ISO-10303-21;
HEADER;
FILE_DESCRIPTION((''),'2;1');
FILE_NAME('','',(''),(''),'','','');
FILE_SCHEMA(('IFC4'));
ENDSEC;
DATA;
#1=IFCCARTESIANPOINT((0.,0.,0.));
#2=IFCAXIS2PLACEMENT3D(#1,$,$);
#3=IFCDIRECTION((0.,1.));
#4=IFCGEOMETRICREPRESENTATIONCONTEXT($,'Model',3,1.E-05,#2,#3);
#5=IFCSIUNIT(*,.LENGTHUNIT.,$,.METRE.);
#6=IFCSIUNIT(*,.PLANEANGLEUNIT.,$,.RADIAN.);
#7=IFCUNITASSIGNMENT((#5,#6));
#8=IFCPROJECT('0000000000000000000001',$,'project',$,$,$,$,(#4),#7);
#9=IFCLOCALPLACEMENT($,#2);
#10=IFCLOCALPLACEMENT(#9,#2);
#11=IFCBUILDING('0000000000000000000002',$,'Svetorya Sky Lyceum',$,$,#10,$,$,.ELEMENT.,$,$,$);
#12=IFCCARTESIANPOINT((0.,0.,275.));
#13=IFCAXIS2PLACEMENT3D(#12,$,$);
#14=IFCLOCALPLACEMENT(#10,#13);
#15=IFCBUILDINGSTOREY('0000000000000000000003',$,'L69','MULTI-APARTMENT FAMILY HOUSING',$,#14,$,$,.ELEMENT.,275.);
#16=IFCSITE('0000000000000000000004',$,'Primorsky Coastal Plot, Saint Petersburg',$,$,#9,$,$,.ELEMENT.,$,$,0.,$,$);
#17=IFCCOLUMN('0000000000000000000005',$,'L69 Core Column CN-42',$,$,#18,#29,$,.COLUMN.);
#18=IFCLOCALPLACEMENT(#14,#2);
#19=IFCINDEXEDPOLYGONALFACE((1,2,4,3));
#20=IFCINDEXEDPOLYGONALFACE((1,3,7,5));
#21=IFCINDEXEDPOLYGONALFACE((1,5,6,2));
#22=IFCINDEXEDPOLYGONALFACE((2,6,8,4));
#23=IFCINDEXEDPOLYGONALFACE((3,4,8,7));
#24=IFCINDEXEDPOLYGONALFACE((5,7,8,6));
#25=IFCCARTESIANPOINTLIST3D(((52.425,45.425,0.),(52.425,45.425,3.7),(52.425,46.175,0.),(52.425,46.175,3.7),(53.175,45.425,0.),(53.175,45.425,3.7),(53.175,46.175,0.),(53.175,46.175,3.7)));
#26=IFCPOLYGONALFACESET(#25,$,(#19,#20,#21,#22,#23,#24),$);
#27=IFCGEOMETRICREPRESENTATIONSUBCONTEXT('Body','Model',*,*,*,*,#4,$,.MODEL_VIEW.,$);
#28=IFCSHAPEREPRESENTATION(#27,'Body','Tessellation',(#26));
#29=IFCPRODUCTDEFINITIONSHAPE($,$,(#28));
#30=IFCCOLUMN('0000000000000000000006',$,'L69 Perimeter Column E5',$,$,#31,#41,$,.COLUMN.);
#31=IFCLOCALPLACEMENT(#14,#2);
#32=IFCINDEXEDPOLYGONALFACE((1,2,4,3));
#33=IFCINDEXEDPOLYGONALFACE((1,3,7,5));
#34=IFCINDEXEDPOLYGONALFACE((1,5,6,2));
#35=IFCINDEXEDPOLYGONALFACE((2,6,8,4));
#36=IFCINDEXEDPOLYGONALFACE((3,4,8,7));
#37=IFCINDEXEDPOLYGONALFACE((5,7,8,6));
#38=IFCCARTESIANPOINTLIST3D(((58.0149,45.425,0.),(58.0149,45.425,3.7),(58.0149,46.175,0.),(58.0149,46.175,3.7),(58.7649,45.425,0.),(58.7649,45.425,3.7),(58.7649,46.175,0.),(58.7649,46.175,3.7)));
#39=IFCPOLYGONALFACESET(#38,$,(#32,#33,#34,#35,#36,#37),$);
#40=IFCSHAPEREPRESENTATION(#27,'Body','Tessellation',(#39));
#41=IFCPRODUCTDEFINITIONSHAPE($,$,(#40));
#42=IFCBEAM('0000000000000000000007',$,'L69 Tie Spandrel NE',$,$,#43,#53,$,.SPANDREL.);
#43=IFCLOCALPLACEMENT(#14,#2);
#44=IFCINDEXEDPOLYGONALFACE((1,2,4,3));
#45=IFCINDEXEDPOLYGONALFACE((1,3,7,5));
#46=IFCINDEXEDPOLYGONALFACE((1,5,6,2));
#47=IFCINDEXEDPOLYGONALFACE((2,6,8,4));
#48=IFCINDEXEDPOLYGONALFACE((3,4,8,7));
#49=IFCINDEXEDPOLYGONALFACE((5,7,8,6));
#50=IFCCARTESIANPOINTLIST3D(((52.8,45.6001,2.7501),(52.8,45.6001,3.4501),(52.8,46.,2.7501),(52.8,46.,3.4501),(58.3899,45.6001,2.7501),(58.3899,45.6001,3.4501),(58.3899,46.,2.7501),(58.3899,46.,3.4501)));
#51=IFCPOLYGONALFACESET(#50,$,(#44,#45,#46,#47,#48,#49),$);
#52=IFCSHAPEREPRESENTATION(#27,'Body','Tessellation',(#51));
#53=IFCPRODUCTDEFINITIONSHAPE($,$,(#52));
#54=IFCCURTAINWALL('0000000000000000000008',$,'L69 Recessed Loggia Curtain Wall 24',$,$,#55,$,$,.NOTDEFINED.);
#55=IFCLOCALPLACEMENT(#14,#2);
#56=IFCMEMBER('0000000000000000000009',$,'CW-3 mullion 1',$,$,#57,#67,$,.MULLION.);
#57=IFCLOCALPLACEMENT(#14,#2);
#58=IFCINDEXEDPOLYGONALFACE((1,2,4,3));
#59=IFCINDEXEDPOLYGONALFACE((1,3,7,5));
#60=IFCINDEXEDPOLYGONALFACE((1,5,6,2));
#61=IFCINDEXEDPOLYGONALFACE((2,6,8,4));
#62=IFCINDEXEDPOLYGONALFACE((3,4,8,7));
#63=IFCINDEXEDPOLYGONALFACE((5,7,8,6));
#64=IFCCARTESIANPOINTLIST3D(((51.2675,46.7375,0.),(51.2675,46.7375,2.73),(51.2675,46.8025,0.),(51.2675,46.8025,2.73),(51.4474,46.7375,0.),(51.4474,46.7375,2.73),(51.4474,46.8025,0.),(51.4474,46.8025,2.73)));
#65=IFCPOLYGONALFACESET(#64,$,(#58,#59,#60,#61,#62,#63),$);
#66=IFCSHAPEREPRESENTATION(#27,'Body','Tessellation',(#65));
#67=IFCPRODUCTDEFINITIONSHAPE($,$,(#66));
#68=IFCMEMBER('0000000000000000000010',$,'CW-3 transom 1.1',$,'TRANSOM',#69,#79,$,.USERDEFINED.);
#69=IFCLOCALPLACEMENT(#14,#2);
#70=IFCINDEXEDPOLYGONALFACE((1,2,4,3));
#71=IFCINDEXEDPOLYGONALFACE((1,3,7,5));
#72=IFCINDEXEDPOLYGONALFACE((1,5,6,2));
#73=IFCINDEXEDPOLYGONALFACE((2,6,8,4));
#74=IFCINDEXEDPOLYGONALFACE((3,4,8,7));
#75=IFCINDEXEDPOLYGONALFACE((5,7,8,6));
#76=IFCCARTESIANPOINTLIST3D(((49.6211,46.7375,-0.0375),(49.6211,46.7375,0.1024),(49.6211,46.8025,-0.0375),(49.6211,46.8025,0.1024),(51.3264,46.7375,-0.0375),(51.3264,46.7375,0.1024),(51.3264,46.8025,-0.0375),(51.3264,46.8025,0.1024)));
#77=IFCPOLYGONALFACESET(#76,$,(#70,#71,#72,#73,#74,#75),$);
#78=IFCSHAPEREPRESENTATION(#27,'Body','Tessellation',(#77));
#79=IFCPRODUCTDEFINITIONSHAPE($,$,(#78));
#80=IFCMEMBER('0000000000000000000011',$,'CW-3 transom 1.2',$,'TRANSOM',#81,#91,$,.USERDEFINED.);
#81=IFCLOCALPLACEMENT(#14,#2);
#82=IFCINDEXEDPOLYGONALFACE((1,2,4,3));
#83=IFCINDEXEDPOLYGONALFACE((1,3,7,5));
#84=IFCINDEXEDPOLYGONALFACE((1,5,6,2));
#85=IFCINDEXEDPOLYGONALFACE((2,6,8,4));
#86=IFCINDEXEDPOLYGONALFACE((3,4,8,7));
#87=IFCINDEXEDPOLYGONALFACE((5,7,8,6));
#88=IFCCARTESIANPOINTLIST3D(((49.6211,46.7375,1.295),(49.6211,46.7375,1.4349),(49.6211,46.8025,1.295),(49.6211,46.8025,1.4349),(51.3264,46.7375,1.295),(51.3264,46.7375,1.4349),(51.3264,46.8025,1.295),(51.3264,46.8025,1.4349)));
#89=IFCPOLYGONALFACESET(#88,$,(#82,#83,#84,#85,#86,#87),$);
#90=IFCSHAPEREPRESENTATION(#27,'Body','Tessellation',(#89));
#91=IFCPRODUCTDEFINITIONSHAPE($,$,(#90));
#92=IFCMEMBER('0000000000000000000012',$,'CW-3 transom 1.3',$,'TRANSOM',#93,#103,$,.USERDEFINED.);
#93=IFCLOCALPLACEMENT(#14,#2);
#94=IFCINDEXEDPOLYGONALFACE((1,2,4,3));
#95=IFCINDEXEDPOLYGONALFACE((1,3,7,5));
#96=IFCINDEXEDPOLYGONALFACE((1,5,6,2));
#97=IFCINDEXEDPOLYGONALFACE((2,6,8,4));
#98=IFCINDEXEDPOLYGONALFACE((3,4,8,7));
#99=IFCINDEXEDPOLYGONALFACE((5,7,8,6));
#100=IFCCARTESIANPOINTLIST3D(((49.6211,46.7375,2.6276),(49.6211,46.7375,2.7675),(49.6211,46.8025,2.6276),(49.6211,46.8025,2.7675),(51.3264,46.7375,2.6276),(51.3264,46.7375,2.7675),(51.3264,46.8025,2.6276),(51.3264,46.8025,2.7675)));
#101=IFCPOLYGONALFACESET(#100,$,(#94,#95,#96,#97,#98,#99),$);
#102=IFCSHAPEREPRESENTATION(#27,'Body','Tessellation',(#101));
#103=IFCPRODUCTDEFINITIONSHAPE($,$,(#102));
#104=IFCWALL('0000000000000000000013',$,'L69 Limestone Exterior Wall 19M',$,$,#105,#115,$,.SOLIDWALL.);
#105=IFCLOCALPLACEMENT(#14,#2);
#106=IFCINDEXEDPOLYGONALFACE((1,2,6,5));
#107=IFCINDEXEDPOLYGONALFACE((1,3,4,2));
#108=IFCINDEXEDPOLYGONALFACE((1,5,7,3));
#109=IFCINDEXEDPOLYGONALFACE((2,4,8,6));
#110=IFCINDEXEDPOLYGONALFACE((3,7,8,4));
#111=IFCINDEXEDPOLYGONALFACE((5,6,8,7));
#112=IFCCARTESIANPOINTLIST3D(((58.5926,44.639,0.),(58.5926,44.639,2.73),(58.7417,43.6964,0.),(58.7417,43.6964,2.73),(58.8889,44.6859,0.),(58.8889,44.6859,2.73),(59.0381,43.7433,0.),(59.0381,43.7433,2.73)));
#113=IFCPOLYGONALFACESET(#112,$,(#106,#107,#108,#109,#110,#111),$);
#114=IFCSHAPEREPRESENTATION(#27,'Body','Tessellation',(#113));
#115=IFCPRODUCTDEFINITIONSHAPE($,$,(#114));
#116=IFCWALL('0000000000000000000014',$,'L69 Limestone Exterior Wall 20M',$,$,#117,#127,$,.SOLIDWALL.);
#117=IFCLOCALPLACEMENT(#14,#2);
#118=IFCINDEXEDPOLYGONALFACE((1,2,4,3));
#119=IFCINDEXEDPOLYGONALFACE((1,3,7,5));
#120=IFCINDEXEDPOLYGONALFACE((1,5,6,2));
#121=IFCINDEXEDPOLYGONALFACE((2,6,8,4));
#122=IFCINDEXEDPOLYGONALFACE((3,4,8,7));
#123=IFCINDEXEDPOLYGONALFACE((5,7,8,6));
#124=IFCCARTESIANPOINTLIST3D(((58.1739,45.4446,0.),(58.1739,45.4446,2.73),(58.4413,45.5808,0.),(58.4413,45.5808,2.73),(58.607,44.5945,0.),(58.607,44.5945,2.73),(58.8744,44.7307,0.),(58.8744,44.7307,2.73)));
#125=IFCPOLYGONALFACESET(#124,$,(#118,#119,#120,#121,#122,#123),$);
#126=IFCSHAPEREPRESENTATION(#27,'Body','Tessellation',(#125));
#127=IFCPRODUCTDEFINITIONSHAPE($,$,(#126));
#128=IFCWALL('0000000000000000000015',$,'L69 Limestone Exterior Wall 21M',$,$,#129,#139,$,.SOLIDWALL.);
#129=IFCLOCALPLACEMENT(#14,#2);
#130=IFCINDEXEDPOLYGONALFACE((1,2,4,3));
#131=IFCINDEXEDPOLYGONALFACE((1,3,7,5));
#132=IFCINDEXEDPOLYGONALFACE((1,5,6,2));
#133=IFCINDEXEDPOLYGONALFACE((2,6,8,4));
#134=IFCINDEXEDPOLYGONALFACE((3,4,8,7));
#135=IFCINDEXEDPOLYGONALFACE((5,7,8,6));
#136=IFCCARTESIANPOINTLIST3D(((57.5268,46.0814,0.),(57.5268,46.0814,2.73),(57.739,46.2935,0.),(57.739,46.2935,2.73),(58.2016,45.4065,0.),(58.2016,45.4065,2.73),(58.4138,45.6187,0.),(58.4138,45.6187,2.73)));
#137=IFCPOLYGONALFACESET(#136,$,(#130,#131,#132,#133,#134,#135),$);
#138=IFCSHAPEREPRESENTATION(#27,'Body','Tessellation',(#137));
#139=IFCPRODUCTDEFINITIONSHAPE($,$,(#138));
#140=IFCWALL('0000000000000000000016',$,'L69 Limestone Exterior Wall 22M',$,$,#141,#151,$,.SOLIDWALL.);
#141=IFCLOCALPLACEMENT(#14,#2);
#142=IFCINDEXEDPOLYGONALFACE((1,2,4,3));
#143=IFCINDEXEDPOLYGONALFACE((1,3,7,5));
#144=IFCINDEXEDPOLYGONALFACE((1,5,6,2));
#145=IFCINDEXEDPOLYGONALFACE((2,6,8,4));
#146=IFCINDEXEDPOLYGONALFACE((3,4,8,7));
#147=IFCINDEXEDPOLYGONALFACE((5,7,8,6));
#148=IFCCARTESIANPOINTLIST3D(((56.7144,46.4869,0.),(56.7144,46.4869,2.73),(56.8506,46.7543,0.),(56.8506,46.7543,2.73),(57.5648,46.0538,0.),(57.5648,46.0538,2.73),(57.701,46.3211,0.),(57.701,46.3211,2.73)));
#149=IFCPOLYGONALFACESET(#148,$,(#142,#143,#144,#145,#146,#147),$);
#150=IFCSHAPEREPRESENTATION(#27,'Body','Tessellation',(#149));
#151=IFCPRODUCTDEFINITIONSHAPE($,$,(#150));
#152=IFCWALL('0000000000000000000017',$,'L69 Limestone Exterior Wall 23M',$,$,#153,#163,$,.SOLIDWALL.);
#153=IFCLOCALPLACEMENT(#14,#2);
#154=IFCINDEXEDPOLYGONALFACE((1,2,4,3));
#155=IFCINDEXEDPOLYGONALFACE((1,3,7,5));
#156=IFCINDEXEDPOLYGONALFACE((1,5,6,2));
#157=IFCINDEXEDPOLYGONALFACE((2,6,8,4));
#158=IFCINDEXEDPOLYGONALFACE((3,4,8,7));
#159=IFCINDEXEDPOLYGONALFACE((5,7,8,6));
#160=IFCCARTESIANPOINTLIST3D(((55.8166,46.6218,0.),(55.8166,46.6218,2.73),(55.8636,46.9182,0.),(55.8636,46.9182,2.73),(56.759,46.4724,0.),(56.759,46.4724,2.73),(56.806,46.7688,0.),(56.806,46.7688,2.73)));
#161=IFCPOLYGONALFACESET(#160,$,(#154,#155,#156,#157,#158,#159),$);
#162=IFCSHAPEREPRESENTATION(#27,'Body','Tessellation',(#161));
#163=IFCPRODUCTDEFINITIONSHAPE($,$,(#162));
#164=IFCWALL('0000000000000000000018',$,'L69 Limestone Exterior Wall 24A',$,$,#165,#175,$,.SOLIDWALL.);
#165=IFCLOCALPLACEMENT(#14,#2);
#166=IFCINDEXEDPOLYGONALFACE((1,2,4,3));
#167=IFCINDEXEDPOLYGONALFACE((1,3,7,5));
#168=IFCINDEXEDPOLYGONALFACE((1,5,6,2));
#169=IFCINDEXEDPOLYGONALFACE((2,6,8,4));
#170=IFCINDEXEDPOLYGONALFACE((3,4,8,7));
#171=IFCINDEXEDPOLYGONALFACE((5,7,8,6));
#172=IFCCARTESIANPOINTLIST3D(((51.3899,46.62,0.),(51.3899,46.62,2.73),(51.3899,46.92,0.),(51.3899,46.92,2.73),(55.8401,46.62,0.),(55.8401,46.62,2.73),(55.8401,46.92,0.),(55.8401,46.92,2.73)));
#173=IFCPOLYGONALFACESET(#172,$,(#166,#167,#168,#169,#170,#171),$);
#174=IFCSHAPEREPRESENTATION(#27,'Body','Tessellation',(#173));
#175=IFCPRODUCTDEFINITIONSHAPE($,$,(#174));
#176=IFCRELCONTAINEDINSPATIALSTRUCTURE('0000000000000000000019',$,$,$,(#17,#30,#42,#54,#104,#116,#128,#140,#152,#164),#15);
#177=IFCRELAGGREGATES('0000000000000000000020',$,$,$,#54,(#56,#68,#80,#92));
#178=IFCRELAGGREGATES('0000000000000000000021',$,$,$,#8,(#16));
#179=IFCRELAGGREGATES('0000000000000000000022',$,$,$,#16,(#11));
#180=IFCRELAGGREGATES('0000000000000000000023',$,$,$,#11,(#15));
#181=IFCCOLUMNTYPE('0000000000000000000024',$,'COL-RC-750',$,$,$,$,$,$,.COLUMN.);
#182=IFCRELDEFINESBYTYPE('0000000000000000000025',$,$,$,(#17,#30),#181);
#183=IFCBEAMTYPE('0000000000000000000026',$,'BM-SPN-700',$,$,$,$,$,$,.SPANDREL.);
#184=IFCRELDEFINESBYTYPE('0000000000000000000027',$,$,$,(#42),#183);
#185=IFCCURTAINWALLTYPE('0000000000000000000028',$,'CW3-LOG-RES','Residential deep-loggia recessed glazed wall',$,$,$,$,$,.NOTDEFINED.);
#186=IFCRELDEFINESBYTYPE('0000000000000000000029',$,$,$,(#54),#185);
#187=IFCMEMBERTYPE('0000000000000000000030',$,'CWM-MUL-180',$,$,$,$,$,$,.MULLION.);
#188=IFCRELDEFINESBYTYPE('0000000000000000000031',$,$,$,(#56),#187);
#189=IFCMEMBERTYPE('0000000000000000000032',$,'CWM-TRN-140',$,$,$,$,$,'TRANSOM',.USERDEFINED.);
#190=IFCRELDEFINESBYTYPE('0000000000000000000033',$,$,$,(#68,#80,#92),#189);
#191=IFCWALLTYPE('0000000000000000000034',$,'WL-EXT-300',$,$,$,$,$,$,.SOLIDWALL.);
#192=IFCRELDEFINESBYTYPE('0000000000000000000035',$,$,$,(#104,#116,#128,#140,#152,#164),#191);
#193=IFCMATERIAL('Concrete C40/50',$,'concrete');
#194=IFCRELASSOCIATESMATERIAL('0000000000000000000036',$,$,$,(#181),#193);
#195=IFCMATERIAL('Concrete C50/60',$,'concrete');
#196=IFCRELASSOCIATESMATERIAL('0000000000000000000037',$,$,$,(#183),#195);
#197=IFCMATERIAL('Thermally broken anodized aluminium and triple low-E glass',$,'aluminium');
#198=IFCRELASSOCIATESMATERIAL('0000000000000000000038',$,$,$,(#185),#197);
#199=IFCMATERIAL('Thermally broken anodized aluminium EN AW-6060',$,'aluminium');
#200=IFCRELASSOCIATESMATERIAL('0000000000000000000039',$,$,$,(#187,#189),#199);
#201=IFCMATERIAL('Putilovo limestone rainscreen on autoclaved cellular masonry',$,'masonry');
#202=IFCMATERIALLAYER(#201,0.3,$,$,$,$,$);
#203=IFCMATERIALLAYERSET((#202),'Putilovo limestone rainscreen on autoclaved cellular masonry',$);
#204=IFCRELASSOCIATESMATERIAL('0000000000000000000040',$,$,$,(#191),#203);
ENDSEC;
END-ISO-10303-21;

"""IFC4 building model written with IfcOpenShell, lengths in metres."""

from ifc_helpers import new_model, si_unit, direction, frame, frame_2d, origin, origin_2d, place, context, subcontext, project, spatial, rectangle, extrude, material, layer, layer_set, material_profile, profile_set, type_object, element, aggregate, save


model = new_model("IFC4")

# Units and contexts
model_context = context("Model", 3, precision=1e-05, world=origin(), true_north=direction((0.0, 1.0)))
body_context = subcontext(model_context, "Body", "Model", "MODEL_VIEW")
ifc_project = project(units=[si_unit("LENGTHUNIT", "METRE"), si_unit("PLANEANGLEUNIT", "RADIAN")], contexts=[model_context])

# Site, building, storey
site_placement = place(None, origin())
site = spatial("IfcSite", under=ifc_project, at=site_placement, Name="Primorsky Coastal Plot, Saint Petersburg", CompositionType="ELEMENT", RefElevation=0.0)
building_placement = place(site_placement, origin())
building = spatial("IfcBuilding", under=site, at=building_placement, Name="Svetorya Sky Lyceum", CompositionType="ELEMENT")
storey_placement = place(building_placement, frame((0.0, 0.0, 275.0)))
storey = spatial("IfcBuildingStorey", under=building, at=storey_placement, Name="L69", Description="MULTI-APARTMENT FAMILY HOUSING", CompositionType="ELEMENT", Elevation=275.0)

# Columns
ifc_material_1 = material(Name="Concrete C40/50", Category="concrete")
ifc_material_profile_1 = material_profile(ifc_material_1, rectangle(XDim=0.75, YDim=0.75, at=origin_2d()), Name="RC COL 750x750")
ifc_profile_set_1 = profile_set([ifc_material_profile_1], Name="Concrete C40/50")
column_type = type_object("IfcColumnType", Name="COL-RC-750", PredefinedType="COLUMN", material=ifc_profile_set_1)
for number, where, z_axis, x_axis, name in (
    (1, (52.8, 45.8, 0.0), (0.0, 0.0, 1.0), (1.0, 0.0, 0.0), "L69 Core Column CN-42"),
    (2, (58.3899, 45.8, 0.0), (0.0, 0.0, 1.0), (1.0, 0.0, 0.0), "L69 Perimeter Column E5"),
):
    element("IfcColumn", number, at=place(storey_placement, frame(where, z_axis=z_axis, x_axis=x_axis)), inside=storey, type_object=column_type, Name=name, PredefinedType="COLUMN", context=body_context, shape_type="SweptSolid", body=[
        extrude(rectangle(XDim=0.75, YDim=0.75, at=origin_2d()), origin(), (0.0, 0.0, 1.0), 3.7),
    ])

# Beam
ifc_material_2 = material(Name="Concrete C50/60", Category="concrete")
ifc_material_profile_2 = material_profile(ifc_material_2, rectangle(XDim=0.3999, YDim=0.7, at=origin_2d()), Name="RC SPANDREL 400x700")
ifc_profile_set_2 = profile_set([ifc_material_profile_2], Name="Concrete C50/60")
beam_type = type_object("IfcBeamType", Name="BM-SPN-700", PredefinedType="SPANDREL", material=ifc_profile_set_2)
beam_placement = place(storey_placement, frame((52.8, 45.8, 3.1001), z_axis=(1.0, 0.0, 0.0), x_axis=(0.0, 1.0, 0.0)))
element("IfcBeam", 3, at=beam_placement, inside=storey, type_object=beam_type, Name="L69 Tie Spandrel NE", PredefinedType="SPANDREL", context=body_context, shape_type="SweptSolid", body=[
    extrude(rectangle(XDim=0.3999, YDim=0.7, at=origin_2d()), origin(), (0.0, 0.0, 1.0), 5.5898),
])

# Curtain wall, members
ifc_material_3 = material(Name="Thermally broken anodized aluminium and triple low-E glass", Category="aluminium")
curtain_wall_type = type_object("IfcCurtainWallType", Name="CW3-LOG-RES", Description="Residential deep-loggia recessed glazed wall", PredefinedType="NOTDEFINED", material=ifc_material_3)
curtain_wall_placement = place(storey_placement, origin())
curtain_wall = element("IfcCurtainWall", 4, at=curtain_wall_placement, inside=storey, type_object=curtain_wall_type, Name="L69 Recessed Loggia Curtain Wall 24", PredefinedType="NOTDEFINED")
ifc_material_4 = material(Name="Thermally broken anodized aluminium EN AW-6060", Category="aluminium")
ifc_material_profile_3 = material_profile(ifc_material_4, rectangle(XDim=0.0649, YDim=0.1799, at=origin_2d()), Name="ALU MULLION 65x180")
ifc_profile_set_3 = profile_set([ifc_material_profile_3], Name="Thermally broken anodized aluminium EN AW-6060")
member_type_1 = type_object("IfcMemberType", Name="CWM-MUL-180", PredefinedType="MULLION", material=ifc_profile_set_3)
member_1_placement = place(storey_placement, frame((51.3574, 46.77, 0.0), z_axis=(0.0, 0.0, 1.0), x_axis=(0.0, -1.0, 0.0)))
member_1 = element("IfcMember", 5, at=member_1_placement, type_object=member_type_1, Name="CW-3 mullion 1", PredefinedType="MULLION", context=body_context, shape_type="SweptSolid", body=[
    extrude(rectangle(XDim=0.0649, YDim=0.1799, at=origin_2d()), origin(), (0.0, 0.0, 1.0), 2.73),
])
ifc_material_profile_4 = material_profile(ifc_material_4, rectangle(XDim=0.0649, YDim=0.1399, at=origin_2d()), Name="ALU TRANSOM 65x140")
ifc_profile_set_4 = profile_set([ifc_material_profile_4], Name="Thermally broken anodized aluminium EN AW-6060")
member_type_2 = type_object("IfcMemberType", Name="CWM-TRN-140", ElementType="TRANSOM", PredefinedType="USERDEFINED", material=ifc_profile_set_4)
member_2_placement = place(storey_placement, frame((51.3264, 46.77, 0.0325), z_axis=(-1.0, 0.0, 0.0), x_axis=(0.0, -1.0, 0.0)))
member_2 = element("IfcMember", 6, at=member_2_placement, type_object=member_type_2, Name="CW-3 transom 1.1", ObjectType="TRANSOM", PredefinedType="USERDEFINED", context=body_context, shape_type="SweptSolid", body=[
    extrude(rectangle(XDim=0.0649, YDim=0.1399, at=origin_2d()), origin(), (0.0, 0.0, 1.0), 1.7053),
])
member_3_placement = place(storey_placement, frame((51.3264, 46.77, 1.365), z_axis=(-1.0, 0.0, 0.0), x_axis=(0.0, -1.0, 0.0)))
member_3 = element("IfcMember", 7, at=member_3_placement, type_object=member_type_2, Name="CW-3 transom 1.2", ObjectType="TRANSOM", PredefinedType="USERDEFINED", context=body_context, shape_type="SweptSolid", body=[
    extrude(rectangle(XDim=0.0649, YDim=0.1399, at=origin_2d()), origin(), (0.0, 0.0, 1.0), 1.7053),
])
member_4_placement = place(storey_placement, frame((51.3264, 46.77, 2.6975), z_axis=(-1.0, 0.0, 0.0), x_axis=(0.0, -1.0, 0.0)))
member_4 = element("IfcMember", 8, at=member_4_placement, type_object=member_type_2, Name="CW-3 transom 1.3", ObjectType="TRANSOM", PredefinedType="USERDEFINED", context=body_context, shape_type="SweptSolid", body=[
    extrude(rectangle(XDim=0.0649, YDim=0.1399, at=origin_2d()), origin(), (0.0, 0.0, 1.0), 1.7053),
])
aggregate(curtain_wall, [member_1, member_2, member_3, member_4])

# Walls
ifc_material_5 = material(Name="Putilovo limestone rainscreen on autoclaved cellular masonry", Category="masonry")
ifc_layer_1 = layer(ifc_material_5, 0.3)
ifc_layer_set_1 = layer_set([ifc_layer_1], Name="Putilovo limestone rainscreen on autoclaved cellular masonry")
wall_type_1 = type_object("IfcWallType", Name="WL-EXT-300", PredefinedType="SOLIDWALL", material=ifc_layer_set_1)
wall_1_placement = place(storey_placement, frame((58.8899, 43.72, 0.0), z_axis=(0.0, 0.0, 1.0), x_axis=(-0.156304, 0.987709, 0.0)))
element("IfcWall", 9, at=wall_1_placement, inside=storey, type_object=wall_type_1, Name="L69 Limestone Exterior Wall 19M", PredefinedType="SOLIDWALL", context=body_context, shape_type="SweptSolid", body=[
    extrude(rectangle(XDim=0.9543, YDim=0.3, at=frame_2d((0.4771, 0.0))), origin(), (0.0, 0.0, 1.0), 2.73),
])
wall_2_placement = place(storey_placement, frame((58.7407, 44.6626, 0.0), z_axis=(0.0, 0.0, 1.0), x_axis=(-0.453956, 0.891024, 0.0)))
element("IfcWall", 10, at=wall_2_placement, inside=storey, type_object=wall_type_1, Name="L69 Limestone Exterior Wall 20M", PredefinedType="SOLIDWALL", context=body_context, shape_type="SweptSolid", body=[
    extrude(rectangle(XDim=0.9541, YDim=0.3, at=frame_2d((0.4771, 0.0))), origin(), (0.0, 0.0, 1.0), 2.73),
])
for number, where, z_axis, x_axis, name in (
    (11, (58.3076, 45.5127, 0.0), (0.0, 0.0, 1.0), (-0.707107, 0.707107, 0.0), "L69 Limestone Exterior Wall 21M"),
    (12, (57.6328, 46.1875, 0.0), (0.0, 0.0, 1.0), (-0.891077, 0.453853, 0.0), "L69 Limestone Exterior Wall 22M"),
):
    element("IfcWall", number, at=place(storey_placement, frame(where, z_axis=z_axis, x_axis=x_axis)), inside=storey, type_object=wall_type_1, Name=name, PredefinedType="SOLIDWALL", context=body_context, shape_type="SweptSolid", body=[
        extrude(rectangle(XDim=0.9543, YDim=0.3, at=frame_2d((0.4771, 0.0))), origin(), (0.0, 0.0, 1.0), 2.73),
    ])
wall_3_placement = place(storey_placement, frame((56.7825, 46.6206, 0.0), z_axis=(0.0, 0.0, 1.0), x_axis=(-0.987663, 0.156593, 0.0)))
element("IfcWall", 13, at=wall_3_placement, inside=storey, type_object=wall_type_1, Name="L69 Limestone Exterior Wall 23M", PredefinedType="SOLIDWALL", context=body_context, shape_type="SweptSolid", body=[
    extrude(rectangle(XDim=0.9541, YDim=0.3, at=frame_2d((0.4771, 0.0))), origin(), (0.0, 0.0, 1.0), 2.73),
])
wall_4_placement = place(storey_placement, frame((55.8401, 46.77, 0.0), z_axis=(0.0, 0.0, 1.0), x_axis=(-1.0, 0.0, 0.0)))
element("IfcWall", 14, at=wall_4_placement, inside=storey, type_object=wall_type_1, Name="L69 Limestone Exterior Wall 24A", PredefinedType="SOLIDWALL", context=body_context, shape_type="SweptSolid", body=[
    extrude(rectangle(XDim=4.4502, YDim=0.3, at=frame_2d((2.2251, 0.0))), origin(), (0.0, 0.0, 1.0), 2.73),
])

save(model, "model.ifc")
